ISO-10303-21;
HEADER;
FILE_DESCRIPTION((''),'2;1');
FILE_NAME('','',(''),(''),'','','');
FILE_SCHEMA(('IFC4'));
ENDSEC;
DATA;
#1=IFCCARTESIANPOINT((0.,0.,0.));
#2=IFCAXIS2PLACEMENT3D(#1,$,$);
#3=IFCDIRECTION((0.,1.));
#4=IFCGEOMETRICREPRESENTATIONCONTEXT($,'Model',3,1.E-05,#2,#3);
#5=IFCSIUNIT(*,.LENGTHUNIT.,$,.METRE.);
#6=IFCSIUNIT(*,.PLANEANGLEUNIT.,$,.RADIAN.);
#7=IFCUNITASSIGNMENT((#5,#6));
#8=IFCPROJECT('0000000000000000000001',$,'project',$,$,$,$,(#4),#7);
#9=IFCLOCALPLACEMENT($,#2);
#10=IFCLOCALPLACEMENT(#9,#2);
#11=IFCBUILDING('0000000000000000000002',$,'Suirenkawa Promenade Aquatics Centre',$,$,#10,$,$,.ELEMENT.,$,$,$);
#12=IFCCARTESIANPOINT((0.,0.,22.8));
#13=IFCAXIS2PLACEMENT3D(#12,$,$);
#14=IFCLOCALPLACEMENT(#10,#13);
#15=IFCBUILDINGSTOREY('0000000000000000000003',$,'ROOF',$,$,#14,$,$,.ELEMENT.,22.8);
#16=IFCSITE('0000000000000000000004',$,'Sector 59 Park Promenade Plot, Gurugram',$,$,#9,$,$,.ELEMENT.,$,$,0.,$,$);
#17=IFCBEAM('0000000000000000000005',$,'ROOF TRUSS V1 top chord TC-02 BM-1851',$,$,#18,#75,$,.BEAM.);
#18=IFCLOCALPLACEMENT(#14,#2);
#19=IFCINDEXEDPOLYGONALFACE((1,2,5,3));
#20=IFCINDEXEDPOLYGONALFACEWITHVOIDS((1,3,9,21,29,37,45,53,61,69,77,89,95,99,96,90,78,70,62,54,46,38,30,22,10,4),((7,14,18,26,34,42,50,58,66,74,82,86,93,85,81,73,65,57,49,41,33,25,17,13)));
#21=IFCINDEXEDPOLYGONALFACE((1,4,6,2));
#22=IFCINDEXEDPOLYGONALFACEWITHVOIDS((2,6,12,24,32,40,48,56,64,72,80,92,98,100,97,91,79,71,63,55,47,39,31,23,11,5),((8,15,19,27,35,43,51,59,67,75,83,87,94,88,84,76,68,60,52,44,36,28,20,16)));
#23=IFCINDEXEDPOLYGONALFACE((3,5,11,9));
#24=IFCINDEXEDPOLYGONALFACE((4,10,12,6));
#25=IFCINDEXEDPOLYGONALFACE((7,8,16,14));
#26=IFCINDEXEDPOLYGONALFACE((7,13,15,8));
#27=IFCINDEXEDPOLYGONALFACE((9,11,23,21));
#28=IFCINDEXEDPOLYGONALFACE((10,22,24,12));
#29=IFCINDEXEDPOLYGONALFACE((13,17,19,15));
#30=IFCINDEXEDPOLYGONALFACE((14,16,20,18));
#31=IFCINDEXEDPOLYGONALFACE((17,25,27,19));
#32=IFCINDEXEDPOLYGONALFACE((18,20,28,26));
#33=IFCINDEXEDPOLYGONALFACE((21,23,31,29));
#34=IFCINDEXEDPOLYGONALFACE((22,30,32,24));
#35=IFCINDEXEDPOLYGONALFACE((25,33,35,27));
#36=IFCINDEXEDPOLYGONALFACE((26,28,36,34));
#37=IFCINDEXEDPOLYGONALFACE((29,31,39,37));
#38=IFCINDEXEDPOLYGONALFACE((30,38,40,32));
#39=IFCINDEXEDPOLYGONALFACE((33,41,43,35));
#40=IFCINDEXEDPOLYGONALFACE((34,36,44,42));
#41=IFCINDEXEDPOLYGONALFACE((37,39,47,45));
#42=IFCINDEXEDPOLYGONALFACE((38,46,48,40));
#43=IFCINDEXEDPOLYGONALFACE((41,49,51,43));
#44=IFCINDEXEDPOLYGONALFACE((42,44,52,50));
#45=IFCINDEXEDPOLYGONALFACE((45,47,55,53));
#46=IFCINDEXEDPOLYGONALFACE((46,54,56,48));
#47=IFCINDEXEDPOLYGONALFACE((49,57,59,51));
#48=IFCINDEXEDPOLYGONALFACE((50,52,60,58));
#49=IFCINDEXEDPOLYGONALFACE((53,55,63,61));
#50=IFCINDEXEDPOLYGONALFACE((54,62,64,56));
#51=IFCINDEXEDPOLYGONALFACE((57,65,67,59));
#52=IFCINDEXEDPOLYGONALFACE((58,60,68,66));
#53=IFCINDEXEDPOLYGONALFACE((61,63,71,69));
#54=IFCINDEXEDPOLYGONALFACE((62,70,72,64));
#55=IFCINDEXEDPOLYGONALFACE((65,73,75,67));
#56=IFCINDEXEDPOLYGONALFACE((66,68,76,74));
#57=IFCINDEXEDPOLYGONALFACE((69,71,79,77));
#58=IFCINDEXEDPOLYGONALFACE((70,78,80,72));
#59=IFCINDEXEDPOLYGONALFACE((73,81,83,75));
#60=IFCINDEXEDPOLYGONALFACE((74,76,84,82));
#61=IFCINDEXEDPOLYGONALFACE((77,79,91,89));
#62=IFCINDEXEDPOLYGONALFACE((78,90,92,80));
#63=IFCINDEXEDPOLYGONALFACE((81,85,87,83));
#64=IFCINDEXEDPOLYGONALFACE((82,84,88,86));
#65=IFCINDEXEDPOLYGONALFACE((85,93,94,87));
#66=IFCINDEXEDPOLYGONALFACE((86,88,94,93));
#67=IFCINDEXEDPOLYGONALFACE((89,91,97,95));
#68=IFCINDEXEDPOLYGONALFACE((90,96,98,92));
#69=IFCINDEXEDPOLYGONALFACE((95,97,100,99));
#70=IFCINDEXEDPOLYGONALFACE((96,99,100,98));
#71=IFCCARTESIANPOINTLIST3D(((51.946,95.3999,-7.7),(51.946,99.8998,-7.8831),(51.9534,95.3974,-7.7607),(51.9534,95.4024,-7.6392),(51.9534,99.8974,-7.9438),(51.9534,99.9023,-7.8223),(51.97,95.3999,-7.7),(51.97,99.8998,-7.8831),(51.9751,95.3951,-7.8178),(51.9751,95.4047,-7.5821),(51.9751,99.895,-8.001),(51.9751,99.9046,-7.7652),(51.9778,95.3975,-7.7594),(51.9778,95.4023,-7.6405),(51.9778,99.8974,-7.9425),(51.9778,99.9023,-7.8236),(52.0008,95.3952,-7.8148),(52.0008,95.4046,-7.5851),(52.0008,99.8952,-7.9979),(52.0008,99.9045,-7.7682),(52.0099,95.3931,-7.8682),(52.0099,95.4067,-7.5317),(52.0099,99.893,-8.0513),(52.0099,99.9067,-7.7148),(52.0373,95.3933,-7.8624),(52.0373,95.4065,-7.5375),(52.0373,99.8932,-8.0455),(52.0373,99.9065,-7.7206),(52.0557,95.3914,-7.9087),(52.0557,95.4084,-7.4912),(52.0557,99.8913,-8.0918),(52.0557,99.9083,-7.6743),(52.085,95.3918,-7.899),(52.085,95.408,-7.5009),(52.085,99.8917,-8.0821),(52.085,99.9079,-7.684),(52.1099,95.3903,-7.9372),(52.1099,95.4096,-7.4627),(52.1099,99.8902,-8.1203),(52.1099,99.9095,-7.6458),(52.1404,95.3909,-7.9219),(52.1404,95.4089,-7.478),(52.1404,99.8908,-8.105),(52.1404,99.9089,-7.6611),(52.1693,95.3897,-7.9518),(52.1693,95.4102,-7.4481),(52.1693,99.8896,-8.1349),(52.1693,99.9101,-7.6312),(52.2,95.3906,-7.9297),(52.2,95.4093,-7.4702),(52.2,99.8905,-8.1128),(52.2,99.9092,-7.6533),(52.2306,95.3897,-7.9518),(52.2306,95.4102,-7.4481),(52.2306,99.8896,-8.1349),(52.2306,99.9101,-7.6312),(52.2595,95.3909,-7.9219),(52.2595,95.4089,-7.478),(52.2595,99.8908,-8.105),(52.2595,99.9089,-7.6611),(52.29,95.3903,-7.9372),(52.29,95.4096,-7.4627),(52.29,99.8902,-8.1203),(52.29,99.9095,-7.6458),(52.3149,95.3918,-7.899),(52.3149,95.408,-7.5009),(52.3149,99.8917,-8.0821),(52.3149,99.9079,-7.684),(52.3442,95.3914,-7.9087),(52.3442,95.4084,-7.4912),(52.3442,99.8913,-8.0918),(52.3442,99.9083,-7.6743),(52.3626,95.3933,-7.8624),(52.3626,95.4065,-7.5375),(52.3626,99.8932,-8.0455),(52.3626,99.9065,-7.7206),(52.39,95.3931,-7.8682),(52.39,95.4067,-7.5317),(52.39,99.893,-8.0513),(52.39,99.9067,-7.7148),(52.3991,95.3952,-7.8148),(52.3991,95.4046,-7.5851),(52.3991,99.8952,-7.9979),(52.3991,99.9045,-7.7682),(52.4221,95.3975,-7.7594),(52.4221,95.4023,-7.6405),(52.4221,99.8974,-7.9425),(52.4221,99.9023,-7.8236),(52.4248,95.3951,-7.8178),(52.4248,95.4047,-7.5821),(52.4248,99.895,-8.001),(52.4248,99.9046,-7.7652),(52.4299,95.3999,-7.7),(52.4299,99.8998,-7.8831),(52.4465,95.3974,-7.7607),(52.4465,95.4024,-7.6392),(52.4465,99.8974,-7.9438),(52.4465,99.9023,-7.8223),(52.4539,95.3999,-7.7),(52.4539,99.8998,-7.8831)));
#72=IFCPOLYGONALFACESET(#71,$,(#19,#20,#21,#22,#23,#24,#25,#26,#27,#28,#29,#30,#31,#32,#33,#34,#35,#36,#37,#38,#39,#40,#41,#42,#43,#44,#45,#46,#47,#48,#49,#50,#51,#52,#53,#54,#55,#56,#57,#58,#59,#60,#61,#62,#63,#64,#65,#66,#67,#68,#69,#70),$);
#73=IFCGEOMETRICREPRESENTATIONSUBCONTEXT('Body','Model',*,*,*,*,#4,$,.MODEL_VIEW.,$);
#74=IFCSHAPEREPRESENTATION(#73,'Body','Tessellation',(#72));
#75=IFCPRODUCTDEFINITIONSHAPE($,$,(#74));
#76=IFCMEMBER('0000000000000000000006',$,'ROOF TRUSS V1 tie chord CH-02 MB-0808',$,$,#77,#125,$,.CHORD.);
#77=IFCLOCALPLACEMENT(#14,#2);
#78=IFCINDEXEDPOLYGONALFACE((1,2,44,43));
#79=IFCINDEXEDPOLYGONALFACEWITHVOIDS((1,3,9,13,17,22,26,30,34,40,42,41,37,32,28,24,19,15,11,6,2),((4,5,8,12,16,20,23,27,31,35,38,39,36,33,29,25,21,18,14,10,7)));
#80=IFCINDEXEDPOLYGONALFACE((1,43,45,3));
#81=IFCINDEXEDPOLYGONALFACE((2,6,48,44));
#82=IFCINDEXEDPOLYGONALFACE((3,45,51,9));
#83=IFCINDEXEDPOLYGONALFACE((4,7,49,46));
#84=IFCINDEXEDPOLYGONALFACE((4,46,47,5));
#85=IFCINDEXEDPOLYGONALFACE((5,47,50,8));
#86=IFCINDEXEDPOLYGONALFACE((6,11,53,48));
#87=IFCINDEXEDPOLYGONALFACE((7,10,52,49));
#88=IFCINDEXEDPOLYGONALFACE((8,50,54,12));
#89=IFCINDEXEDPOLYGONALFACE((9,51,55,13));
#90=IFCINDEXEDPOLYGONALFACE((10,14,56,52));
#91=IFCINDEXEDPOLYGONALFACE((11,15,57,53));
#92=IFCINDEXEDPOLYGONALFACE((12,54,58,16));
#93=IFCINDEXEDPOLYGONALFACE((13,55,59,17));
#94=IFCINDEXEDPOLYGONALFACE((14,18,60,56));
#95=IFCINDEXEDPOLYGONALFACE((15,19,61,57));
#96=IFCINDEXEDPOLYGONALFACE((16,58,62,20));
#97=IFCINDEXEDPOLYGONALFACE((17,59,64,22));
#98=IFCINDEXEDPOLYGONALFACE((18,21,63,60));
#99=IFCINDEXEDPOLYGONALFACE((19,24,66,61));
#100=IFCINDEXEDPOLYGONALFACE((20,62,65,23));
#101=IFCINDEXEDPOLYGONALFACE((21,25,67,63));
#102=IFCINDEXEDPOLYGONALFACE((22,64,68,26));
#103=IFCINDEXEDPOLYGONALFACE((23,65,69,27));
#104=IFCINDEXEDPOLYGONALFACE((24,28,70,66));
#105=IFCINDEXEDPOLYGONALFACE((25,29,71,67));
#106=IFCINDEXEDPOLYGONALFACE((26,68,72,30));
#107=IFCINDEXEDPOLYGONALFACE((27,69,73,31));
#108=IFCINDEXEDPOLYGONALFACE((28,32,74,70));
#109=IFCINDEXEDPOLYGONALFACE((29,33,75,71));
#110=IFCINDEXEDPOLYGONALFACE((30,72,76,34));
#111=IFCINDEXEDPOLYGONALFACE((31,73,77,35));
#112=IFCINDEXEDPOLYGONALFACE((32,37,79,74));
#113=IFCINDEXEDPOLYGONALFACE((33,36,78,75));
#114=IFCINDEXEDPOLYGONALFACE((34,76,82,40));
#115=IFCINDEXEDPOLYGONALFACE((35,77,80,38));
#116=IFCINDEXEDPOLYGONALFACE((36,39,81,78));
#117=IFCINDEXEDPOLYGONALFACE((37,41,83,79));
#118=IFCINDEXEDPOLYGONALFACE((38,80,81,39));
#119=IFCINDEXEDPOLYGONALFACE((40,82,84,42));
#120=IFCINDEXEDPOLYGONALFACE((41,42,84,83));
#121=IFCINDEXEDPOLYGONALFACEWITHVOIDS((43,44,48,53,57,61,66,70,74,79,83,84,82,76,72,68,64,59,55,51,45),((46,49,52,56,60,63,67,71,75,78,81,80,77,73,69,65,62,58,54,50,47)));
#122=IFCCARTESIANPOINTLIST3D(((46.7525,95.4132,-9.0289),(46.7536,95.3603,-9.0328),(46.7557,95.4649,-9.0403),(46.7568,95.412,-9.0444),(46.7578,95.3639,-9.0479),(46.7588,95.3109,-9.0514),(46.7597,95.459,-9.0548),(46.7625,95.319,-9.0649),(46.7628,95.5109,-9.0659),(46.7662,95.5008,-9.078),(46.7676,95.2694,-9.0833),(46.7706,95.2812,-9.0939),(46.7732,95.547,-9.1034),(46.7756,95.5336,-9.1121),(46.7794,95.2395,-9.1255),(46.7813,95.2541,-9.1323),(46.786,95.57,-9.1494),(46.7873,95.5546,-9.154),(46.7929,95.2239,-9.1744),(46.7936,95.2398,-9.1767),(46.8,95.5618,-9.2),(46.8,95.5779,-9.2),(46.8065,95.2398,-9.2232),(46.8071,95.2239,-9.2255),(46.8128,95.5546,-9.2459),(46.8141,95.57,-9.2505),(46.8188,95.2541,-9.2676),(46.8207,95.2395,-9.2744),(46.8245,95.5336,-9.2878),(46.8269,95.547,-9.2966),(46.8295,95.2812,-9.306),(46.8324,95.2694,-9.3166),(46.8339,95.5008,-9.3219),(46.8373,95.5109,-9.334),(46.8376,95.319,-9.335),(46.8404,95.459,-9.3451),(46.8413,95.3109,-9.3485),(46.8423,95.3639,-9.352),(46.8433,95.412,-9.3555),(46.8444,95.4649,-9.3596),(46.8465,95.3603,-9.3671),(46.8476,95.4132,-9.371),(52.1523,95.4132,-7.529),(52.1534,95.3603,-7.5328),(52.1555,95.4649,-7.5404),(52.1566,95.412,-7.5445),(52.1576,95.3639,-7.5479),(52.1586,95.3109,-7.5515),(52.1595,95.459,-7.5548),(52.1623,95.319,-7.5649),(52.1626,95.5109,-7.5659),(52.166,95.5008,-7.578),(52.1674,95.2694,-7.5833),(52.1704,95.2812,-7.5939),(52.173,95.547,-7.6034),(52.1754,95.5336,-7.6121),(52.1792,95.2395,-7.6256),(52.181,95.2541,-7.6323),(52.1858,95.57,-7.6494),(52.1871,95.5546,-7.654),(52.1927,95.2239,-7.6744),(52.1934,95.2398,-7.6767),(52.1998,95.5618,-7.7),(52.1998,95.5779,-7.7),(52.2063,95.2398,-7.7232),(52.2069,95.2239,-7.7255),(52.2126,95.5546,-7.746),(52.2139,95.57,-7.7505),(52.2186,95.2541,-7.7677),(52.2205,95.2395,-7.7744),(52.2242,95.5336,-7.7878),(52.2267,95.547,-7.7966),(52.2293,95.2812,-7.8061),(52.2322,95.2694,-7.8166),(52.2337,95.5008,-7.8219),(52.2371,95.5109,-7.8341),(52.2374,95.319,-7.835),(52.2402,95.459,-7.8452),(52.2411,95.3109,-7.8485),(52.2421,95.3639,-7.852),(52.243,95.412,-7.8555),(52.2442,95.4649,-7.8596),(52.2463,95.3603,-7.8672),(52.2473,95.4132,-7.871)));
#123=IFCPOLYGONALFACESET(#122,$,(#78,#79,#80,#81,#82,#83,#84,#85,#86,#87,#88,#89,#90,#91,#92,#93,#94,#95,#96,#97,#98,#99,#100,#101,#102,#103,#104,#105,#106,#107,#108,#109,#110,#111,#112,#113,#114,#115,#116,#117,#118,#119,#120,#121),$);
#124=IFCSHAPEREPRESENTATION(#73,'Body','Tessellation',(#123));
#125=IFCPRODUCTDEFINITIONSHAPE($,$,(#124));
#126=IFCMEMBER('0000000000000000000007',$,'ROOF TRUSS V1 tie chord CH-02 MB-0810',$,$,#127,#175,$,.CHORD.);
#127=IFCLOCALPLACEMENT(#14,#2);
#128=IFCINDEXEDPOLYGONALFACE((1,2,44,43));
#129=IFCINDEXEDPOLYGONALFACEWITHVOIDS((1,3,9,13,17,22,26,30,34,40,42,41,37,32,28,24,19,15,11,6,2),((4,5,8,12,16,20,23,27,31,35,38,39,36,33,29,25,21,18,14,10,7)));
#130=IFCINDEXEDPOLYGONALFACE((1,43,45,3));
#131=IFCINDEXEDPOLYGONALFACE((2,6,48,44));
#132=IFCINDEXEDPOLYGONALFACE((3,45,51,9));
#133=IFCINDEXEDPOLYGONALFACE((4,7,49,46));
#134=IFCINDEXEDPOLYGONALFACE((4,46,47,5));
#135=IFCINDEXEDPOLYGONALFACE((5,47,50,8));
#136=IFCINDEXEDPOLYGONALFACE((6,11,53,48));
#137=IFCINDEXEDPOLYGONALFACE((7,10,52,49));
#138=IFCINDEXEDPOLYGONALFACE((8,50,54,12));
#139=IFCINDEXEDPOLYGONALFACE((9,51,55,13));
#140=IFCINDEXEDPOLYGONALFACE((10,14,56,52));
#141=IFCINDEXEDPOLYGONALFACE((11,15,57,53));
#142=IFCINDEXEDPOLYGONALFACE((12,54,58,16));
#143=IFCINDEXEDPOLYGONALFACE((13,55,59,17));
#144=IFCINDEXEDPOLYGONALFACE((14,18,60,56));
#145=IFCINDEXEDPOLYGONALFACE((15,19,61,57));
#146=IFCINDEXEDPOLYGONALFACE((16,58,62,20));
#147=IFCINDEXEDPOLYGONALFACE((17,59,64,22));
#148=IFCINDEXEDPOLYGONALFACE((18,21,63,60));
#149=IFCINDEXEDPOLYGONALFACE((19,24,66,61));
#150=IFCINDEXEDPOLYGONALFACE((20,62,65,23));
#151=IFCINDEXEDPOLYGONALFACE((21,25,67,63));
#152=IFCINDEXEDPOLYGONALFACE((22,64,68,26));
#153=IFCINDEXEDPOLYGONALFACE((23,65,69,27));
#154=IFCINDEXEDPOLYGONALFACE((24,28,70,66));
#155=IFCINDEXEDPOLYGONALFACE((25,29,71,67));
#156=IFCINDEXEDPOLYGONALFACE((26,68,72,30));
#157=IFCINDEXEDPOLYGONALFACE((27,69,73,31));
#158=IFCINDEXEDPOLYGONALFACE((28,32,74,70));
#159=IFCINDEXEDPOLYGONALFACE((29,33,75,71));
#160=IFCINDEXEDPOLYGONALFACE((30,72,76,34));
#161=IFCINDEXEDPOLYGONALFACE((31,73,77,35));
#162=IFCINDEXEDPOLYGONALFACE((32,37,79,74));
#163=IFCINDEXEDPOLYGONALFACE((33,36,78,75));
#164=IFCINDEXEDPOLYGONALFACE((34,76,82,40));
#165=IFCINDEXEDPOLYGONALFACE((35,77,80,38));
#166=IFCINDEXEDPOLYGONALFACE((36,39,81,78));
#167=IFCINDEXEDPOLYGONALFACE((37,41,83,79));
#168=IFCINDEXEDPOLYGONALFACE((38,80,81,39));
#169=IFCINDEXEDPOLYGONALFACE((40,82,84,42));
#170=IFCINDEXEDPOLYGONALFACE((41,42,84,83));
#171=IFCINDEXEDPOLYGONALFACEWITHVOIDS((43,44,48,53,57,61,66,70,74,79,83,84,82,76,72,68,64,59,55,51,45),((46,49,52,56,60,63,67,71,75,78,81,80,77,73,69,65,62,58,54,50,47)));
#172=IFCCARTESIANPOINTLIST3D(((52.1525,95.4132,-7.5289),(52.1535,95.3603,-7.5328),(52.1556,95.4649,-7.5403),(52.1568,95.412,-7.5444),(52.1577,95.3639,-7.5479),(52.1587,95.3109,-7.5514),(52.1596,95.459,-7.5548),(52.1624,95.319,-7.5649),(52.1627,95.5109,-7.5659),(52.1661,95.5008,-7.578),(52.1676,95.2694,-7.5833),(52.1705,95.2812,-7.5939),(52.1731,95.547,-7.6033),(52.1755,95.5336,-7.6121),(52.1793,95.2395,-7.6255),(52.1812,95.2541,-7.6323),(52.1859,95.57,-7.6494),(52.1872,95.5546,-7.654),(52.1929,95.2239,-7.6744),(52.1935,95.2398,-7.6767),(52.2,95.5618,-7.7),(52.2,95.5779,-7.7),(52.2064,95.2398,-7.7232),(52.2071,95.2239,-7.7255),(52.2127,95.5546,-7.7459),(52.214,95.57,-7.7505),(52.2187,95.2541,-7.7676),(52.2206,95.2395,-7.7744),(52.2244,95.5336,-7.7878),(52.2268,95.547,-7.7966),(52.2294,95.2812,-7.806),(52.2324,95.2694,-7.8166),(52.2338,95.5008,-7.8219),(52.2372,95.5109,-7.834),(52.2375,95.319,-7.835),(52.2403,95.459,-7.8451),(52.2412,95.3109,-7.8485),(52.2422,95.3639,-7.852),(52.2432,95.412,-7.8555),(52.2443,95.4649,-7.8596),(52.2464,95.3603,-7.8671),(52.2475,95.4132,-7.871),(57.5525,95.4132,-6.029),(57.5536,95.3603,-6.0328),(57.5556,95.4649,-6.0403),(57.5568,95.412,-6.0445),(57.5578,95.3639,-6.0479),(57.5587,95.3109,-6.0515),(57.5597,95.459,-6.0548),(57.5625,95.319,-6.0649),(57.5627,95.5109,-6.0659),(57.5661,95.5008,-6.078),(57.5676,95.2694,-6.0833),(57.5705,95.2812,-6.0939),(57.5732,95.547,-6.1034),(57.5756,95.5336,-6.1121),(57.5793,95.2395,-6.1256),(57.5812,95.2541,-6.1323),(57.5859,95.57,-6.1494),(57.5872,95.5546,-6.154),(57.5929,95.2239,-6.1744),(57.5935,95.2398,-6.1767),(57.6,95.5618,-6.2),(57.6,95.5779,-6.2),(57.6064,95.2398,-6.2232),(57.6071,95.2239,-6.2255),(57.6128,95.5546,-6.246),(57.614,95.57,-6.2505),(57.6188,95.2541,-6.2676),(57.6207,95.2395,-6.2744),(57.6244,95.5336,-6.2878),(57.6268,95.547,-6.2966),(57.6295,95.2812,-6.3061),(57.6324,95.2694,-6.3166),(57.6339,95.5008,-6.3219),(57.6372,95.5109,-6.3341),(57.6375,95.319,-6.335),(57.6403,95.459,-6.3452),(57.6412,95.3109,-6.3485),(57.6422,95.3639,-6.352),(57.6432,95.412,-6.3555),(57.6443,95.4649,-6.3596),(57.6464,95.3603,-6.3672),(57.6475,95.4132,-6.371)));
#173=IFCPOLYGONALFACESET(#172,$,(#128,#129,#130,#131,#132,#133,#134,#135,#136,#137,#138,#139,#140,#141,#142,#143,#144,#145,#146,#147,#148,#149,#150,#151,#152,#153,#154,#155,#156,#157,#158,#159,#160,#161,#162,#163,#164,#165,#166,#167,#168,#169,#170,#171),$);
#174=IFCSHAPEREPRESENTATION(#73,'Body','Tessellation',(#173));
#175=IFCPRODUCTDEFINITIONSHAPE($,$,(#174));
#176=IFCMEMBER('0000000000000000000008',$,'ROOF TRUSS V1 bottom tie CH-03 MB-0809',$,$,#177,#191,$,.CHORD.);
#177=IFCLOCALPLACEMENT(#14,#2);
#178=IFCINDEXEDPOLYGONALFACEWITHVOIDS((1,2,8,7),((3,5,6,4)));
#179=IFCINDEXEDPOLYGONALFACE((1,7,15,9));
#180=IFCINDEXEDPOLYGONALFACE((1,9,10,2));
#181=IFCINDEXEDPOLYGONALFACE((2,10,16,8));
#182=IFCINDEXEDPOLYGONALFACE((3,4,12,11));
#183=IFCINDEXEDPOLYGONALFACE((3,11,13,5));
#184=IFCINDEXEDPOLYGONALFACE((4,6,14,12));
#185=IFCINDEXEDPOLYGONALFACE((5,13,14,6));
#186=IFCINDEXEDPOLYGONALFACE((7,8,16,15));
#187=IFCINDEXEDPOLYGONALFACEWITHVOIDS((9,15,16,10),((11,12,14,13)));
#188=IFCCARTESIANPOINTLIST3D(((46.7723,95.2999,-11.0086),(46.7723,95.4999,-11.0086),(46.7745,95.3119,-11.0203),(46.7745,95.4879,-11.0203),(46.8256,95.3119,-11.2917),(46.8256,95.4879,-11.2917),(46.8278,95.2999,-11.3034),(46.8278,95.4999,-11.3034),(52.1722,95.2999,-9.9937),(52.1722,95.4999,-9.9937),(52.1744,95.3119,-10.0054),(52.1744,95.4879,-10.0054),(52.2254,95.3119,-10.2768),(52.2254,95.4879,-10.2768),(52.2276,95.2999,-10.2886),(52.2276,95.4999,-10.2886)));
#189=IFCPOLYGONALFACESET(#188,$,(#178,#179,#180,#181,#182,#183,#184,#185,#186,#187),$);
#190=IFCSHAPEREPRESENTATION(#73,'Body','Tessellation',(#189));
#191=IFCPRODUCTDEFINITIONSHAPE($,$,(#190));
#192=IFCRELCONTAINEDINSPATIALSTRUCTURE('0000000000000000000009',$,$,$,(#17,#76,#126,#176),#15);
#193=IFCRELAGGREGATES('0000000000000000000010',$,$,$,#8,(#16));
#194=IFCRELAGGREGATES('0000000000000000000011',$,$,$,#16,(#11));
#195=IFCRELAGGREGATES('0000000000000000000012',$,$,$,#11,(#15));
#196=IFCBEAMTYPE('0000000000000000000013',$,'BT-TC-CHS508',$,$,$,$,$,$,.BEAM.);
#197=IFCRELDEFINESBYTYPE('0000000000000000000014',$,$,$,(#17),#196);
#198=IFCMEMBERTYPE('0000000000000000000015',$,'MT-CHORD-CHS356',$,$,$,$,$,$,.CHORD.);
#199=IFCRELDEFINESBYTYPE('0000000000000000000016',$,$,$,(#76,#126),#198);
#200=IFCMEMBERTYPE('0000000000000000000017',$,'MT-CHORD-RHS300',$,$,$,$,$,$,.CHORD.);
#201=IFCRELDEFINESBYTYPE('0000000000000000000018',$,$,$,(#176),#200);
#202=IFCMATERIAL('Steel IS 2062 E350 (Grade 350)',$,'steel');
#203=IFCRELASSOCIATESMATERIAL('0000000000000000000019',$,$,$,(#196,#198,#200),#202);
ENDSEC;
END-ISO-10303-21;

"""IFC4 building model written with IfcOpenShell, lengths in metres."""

from ifc_helpers import new_model, si_unit, direction, frame, origin, origin_2d, place, context, subcontext, project, spatial, hollow_rectangle, hollow_circle, extrude, material, material_profile, profile_set, type_object, element, save


model = new_model("IFC4")

# Units and contexts
model_context = context("Model", 3, precision=1e-05, world=origin(), true_north=direction((0.0, 1.0)))
body_context = subcontext(model_context, "Body", "Model", "MODEL_VIEW")
ifc_project = project(units=[si_unit("LENGTHUNIT", "METRE"), si_unit("PLANEANGLEUNIT", "RADIAN")], contexts=[model_context])

# Site, building, storey
site_placement = place(None, origin())
site = spatial("IfcSite", under=ifc_project, at=site_placement, Name="Sector 59 Park Promenade Plot, Gurugram", CompositionType="ELEMENT", RefElevation=0.0)
building_placement = place(site_placement, origin())
building = spatial("IfcBuilding", under=site, at=building_placement, Name="Suirenkawa Promenade Aquatics Centre", CompositionType="ELEMENT")
storey_placement = place(building_placement, frame((0.0, 0.0, 22.8)))
storey = spatial("IfcBuildingStorey", under=building, at=storey_placement, Name="ROOF", CompositionType="ELEMENT", Elevation=22.8)

# Beam
ifc_material_1 = material(Name="Steel IS 2062 E350 (Grade 350)", Category="steel")
ifc_material_profile_1 = material_profile(ifc_material_1, hollow_circle(Radius=0.2539, WallThickness=0.0239, at=origin_2d()), Name="CHS 508x24", Category="steel")
ifc_profile_set_1 = profile_set([ifc_material_profile_1], Name="Steel IS 2062 E350 (Grade 350)")
beam_type_1 = type_object("IfcBeamType", Name="BT-TC-CHS508", PredefinedType="BEAM", material=ifc_profile_set_1)
for number, where, z_axis, x_axis, name in (
    (1, (52.2, 95.3999, -7.7), (0.0, 0.999173, -0.040656), (-1.0, 0.0, 0.0), "ROOF TRUSS V1 top chord TC-02 BM-1851"),
):
    element("IfcBeam", number, at=place(storey_placement, frame(where, z_axis=z_axis, x_axis=x_axis)), inside=storey, type_object=beam_type_1, Name=name, PredefinedType="BEAM", context=body_context, shape_type="SweptSolid", body=[
        extrude(hollow_circle(Radius=0.2539, WallThickness=0.0239, at=origin_2d()), origin(), (0.0, 0.0, 1.0), 4.5037),
    ])

# Members
ifc_material_profile_2 = material_profile(ifc_material_1, hollow_circle(Radius=0.178, WallThickness=0.0161, at=origin_2d()), Name="CHS 356x16", Category="steel")
ifc_profile_set_2 = profile_set([ifc_material_profile_2], Name="Steel IS 2062 E350 (Grade 350)")
member_type_1 = type_object("IfcMemberType", Name="MT-CHORD-CHS356", PredefinedType="CHORD", material=ifc_profile_set_2)
member_1_placement = place(storey_placement, frame((46.8, 95.3999, -9.2), z_axis=(0.963517, 0.0, 0.267648), x_axis=(0.0, 1.0, 0.0)))
element("IfcMember", 2, at=member_1_placement, inside=storey, type_object=member_type_1, Name="ROOF TRUSS V1 tie chord CH-02 MB-0808", PredefinedType="CHORD", context=body_context, shape_type="SweptSolid", body=[
    extrude(hollow_circle(Radius=0.178, WallThickness=0.0161, at=origin_2d()), origin(), (0.0, 0.0, 1.0), 5.6042),
])
member_2_placement = place(storey_placement, frame((52.2, 95.3999, -7.7), z_axis=(0.96352, 0.0, 0.267637), x_axis=(0.0, 1.0, 0.0)))
element("IfcMember", 3, at=member_2_placement, inside=storey, type_object=member_type_1, Name="ROOF TRUSS V1 tie chord CH-02 MB-0810", PredefinedType="CHORD", context=body_context, shape_type="SweptSolid", body=[
    extrude(hollow_circle(Radius=0.178, WallThickness=0.0161, at=origin_2d()), origin(), (0.0, 0.0, 1.0), 5.6045),
])
ifc_material_profile_3 = material_profile(ifc_material_1, hollow_rectangle(XDim=0.2, YDim=0.3, WallThickness=0.012, at=origin_2d()), Name="RHS 300x200x12", Category="steel")
ifc_profile_set_3 = profile_set([ifc_material_profile_3], Name="Steel IS 2062 E350 (Grade 350)")
member_type_2 = type_object("IfcMemberType", Name="MT-CHORD-RHS300", PredefinedType="CHORD", material=ifc_profile_set_3)
member_3_placement = place(storey_placement, frame((46.8, 95.3999, -11.156), z_axis=(0.982793, 0.0, 0.184712), x_axis=(0.0, 1.0, 0.0)))
element("IfcMember", 4, at=member_3_placement, inside=storey, type_object=member_type_2, Name="ROOF TRUSS V1 bottom tie CH-03 MB-0809", PredefinedType="CHORD", context=body_context, shape_type="SweptSolid", body=[
    extrude(hollow_rectangle(XDim=0.2, YDim=0.3, WallThickness=0.012, at=origin_2d()), origin(), (0.0, 0.0, 1.0), 5.4944),
])

save(model, "model.ifc")
